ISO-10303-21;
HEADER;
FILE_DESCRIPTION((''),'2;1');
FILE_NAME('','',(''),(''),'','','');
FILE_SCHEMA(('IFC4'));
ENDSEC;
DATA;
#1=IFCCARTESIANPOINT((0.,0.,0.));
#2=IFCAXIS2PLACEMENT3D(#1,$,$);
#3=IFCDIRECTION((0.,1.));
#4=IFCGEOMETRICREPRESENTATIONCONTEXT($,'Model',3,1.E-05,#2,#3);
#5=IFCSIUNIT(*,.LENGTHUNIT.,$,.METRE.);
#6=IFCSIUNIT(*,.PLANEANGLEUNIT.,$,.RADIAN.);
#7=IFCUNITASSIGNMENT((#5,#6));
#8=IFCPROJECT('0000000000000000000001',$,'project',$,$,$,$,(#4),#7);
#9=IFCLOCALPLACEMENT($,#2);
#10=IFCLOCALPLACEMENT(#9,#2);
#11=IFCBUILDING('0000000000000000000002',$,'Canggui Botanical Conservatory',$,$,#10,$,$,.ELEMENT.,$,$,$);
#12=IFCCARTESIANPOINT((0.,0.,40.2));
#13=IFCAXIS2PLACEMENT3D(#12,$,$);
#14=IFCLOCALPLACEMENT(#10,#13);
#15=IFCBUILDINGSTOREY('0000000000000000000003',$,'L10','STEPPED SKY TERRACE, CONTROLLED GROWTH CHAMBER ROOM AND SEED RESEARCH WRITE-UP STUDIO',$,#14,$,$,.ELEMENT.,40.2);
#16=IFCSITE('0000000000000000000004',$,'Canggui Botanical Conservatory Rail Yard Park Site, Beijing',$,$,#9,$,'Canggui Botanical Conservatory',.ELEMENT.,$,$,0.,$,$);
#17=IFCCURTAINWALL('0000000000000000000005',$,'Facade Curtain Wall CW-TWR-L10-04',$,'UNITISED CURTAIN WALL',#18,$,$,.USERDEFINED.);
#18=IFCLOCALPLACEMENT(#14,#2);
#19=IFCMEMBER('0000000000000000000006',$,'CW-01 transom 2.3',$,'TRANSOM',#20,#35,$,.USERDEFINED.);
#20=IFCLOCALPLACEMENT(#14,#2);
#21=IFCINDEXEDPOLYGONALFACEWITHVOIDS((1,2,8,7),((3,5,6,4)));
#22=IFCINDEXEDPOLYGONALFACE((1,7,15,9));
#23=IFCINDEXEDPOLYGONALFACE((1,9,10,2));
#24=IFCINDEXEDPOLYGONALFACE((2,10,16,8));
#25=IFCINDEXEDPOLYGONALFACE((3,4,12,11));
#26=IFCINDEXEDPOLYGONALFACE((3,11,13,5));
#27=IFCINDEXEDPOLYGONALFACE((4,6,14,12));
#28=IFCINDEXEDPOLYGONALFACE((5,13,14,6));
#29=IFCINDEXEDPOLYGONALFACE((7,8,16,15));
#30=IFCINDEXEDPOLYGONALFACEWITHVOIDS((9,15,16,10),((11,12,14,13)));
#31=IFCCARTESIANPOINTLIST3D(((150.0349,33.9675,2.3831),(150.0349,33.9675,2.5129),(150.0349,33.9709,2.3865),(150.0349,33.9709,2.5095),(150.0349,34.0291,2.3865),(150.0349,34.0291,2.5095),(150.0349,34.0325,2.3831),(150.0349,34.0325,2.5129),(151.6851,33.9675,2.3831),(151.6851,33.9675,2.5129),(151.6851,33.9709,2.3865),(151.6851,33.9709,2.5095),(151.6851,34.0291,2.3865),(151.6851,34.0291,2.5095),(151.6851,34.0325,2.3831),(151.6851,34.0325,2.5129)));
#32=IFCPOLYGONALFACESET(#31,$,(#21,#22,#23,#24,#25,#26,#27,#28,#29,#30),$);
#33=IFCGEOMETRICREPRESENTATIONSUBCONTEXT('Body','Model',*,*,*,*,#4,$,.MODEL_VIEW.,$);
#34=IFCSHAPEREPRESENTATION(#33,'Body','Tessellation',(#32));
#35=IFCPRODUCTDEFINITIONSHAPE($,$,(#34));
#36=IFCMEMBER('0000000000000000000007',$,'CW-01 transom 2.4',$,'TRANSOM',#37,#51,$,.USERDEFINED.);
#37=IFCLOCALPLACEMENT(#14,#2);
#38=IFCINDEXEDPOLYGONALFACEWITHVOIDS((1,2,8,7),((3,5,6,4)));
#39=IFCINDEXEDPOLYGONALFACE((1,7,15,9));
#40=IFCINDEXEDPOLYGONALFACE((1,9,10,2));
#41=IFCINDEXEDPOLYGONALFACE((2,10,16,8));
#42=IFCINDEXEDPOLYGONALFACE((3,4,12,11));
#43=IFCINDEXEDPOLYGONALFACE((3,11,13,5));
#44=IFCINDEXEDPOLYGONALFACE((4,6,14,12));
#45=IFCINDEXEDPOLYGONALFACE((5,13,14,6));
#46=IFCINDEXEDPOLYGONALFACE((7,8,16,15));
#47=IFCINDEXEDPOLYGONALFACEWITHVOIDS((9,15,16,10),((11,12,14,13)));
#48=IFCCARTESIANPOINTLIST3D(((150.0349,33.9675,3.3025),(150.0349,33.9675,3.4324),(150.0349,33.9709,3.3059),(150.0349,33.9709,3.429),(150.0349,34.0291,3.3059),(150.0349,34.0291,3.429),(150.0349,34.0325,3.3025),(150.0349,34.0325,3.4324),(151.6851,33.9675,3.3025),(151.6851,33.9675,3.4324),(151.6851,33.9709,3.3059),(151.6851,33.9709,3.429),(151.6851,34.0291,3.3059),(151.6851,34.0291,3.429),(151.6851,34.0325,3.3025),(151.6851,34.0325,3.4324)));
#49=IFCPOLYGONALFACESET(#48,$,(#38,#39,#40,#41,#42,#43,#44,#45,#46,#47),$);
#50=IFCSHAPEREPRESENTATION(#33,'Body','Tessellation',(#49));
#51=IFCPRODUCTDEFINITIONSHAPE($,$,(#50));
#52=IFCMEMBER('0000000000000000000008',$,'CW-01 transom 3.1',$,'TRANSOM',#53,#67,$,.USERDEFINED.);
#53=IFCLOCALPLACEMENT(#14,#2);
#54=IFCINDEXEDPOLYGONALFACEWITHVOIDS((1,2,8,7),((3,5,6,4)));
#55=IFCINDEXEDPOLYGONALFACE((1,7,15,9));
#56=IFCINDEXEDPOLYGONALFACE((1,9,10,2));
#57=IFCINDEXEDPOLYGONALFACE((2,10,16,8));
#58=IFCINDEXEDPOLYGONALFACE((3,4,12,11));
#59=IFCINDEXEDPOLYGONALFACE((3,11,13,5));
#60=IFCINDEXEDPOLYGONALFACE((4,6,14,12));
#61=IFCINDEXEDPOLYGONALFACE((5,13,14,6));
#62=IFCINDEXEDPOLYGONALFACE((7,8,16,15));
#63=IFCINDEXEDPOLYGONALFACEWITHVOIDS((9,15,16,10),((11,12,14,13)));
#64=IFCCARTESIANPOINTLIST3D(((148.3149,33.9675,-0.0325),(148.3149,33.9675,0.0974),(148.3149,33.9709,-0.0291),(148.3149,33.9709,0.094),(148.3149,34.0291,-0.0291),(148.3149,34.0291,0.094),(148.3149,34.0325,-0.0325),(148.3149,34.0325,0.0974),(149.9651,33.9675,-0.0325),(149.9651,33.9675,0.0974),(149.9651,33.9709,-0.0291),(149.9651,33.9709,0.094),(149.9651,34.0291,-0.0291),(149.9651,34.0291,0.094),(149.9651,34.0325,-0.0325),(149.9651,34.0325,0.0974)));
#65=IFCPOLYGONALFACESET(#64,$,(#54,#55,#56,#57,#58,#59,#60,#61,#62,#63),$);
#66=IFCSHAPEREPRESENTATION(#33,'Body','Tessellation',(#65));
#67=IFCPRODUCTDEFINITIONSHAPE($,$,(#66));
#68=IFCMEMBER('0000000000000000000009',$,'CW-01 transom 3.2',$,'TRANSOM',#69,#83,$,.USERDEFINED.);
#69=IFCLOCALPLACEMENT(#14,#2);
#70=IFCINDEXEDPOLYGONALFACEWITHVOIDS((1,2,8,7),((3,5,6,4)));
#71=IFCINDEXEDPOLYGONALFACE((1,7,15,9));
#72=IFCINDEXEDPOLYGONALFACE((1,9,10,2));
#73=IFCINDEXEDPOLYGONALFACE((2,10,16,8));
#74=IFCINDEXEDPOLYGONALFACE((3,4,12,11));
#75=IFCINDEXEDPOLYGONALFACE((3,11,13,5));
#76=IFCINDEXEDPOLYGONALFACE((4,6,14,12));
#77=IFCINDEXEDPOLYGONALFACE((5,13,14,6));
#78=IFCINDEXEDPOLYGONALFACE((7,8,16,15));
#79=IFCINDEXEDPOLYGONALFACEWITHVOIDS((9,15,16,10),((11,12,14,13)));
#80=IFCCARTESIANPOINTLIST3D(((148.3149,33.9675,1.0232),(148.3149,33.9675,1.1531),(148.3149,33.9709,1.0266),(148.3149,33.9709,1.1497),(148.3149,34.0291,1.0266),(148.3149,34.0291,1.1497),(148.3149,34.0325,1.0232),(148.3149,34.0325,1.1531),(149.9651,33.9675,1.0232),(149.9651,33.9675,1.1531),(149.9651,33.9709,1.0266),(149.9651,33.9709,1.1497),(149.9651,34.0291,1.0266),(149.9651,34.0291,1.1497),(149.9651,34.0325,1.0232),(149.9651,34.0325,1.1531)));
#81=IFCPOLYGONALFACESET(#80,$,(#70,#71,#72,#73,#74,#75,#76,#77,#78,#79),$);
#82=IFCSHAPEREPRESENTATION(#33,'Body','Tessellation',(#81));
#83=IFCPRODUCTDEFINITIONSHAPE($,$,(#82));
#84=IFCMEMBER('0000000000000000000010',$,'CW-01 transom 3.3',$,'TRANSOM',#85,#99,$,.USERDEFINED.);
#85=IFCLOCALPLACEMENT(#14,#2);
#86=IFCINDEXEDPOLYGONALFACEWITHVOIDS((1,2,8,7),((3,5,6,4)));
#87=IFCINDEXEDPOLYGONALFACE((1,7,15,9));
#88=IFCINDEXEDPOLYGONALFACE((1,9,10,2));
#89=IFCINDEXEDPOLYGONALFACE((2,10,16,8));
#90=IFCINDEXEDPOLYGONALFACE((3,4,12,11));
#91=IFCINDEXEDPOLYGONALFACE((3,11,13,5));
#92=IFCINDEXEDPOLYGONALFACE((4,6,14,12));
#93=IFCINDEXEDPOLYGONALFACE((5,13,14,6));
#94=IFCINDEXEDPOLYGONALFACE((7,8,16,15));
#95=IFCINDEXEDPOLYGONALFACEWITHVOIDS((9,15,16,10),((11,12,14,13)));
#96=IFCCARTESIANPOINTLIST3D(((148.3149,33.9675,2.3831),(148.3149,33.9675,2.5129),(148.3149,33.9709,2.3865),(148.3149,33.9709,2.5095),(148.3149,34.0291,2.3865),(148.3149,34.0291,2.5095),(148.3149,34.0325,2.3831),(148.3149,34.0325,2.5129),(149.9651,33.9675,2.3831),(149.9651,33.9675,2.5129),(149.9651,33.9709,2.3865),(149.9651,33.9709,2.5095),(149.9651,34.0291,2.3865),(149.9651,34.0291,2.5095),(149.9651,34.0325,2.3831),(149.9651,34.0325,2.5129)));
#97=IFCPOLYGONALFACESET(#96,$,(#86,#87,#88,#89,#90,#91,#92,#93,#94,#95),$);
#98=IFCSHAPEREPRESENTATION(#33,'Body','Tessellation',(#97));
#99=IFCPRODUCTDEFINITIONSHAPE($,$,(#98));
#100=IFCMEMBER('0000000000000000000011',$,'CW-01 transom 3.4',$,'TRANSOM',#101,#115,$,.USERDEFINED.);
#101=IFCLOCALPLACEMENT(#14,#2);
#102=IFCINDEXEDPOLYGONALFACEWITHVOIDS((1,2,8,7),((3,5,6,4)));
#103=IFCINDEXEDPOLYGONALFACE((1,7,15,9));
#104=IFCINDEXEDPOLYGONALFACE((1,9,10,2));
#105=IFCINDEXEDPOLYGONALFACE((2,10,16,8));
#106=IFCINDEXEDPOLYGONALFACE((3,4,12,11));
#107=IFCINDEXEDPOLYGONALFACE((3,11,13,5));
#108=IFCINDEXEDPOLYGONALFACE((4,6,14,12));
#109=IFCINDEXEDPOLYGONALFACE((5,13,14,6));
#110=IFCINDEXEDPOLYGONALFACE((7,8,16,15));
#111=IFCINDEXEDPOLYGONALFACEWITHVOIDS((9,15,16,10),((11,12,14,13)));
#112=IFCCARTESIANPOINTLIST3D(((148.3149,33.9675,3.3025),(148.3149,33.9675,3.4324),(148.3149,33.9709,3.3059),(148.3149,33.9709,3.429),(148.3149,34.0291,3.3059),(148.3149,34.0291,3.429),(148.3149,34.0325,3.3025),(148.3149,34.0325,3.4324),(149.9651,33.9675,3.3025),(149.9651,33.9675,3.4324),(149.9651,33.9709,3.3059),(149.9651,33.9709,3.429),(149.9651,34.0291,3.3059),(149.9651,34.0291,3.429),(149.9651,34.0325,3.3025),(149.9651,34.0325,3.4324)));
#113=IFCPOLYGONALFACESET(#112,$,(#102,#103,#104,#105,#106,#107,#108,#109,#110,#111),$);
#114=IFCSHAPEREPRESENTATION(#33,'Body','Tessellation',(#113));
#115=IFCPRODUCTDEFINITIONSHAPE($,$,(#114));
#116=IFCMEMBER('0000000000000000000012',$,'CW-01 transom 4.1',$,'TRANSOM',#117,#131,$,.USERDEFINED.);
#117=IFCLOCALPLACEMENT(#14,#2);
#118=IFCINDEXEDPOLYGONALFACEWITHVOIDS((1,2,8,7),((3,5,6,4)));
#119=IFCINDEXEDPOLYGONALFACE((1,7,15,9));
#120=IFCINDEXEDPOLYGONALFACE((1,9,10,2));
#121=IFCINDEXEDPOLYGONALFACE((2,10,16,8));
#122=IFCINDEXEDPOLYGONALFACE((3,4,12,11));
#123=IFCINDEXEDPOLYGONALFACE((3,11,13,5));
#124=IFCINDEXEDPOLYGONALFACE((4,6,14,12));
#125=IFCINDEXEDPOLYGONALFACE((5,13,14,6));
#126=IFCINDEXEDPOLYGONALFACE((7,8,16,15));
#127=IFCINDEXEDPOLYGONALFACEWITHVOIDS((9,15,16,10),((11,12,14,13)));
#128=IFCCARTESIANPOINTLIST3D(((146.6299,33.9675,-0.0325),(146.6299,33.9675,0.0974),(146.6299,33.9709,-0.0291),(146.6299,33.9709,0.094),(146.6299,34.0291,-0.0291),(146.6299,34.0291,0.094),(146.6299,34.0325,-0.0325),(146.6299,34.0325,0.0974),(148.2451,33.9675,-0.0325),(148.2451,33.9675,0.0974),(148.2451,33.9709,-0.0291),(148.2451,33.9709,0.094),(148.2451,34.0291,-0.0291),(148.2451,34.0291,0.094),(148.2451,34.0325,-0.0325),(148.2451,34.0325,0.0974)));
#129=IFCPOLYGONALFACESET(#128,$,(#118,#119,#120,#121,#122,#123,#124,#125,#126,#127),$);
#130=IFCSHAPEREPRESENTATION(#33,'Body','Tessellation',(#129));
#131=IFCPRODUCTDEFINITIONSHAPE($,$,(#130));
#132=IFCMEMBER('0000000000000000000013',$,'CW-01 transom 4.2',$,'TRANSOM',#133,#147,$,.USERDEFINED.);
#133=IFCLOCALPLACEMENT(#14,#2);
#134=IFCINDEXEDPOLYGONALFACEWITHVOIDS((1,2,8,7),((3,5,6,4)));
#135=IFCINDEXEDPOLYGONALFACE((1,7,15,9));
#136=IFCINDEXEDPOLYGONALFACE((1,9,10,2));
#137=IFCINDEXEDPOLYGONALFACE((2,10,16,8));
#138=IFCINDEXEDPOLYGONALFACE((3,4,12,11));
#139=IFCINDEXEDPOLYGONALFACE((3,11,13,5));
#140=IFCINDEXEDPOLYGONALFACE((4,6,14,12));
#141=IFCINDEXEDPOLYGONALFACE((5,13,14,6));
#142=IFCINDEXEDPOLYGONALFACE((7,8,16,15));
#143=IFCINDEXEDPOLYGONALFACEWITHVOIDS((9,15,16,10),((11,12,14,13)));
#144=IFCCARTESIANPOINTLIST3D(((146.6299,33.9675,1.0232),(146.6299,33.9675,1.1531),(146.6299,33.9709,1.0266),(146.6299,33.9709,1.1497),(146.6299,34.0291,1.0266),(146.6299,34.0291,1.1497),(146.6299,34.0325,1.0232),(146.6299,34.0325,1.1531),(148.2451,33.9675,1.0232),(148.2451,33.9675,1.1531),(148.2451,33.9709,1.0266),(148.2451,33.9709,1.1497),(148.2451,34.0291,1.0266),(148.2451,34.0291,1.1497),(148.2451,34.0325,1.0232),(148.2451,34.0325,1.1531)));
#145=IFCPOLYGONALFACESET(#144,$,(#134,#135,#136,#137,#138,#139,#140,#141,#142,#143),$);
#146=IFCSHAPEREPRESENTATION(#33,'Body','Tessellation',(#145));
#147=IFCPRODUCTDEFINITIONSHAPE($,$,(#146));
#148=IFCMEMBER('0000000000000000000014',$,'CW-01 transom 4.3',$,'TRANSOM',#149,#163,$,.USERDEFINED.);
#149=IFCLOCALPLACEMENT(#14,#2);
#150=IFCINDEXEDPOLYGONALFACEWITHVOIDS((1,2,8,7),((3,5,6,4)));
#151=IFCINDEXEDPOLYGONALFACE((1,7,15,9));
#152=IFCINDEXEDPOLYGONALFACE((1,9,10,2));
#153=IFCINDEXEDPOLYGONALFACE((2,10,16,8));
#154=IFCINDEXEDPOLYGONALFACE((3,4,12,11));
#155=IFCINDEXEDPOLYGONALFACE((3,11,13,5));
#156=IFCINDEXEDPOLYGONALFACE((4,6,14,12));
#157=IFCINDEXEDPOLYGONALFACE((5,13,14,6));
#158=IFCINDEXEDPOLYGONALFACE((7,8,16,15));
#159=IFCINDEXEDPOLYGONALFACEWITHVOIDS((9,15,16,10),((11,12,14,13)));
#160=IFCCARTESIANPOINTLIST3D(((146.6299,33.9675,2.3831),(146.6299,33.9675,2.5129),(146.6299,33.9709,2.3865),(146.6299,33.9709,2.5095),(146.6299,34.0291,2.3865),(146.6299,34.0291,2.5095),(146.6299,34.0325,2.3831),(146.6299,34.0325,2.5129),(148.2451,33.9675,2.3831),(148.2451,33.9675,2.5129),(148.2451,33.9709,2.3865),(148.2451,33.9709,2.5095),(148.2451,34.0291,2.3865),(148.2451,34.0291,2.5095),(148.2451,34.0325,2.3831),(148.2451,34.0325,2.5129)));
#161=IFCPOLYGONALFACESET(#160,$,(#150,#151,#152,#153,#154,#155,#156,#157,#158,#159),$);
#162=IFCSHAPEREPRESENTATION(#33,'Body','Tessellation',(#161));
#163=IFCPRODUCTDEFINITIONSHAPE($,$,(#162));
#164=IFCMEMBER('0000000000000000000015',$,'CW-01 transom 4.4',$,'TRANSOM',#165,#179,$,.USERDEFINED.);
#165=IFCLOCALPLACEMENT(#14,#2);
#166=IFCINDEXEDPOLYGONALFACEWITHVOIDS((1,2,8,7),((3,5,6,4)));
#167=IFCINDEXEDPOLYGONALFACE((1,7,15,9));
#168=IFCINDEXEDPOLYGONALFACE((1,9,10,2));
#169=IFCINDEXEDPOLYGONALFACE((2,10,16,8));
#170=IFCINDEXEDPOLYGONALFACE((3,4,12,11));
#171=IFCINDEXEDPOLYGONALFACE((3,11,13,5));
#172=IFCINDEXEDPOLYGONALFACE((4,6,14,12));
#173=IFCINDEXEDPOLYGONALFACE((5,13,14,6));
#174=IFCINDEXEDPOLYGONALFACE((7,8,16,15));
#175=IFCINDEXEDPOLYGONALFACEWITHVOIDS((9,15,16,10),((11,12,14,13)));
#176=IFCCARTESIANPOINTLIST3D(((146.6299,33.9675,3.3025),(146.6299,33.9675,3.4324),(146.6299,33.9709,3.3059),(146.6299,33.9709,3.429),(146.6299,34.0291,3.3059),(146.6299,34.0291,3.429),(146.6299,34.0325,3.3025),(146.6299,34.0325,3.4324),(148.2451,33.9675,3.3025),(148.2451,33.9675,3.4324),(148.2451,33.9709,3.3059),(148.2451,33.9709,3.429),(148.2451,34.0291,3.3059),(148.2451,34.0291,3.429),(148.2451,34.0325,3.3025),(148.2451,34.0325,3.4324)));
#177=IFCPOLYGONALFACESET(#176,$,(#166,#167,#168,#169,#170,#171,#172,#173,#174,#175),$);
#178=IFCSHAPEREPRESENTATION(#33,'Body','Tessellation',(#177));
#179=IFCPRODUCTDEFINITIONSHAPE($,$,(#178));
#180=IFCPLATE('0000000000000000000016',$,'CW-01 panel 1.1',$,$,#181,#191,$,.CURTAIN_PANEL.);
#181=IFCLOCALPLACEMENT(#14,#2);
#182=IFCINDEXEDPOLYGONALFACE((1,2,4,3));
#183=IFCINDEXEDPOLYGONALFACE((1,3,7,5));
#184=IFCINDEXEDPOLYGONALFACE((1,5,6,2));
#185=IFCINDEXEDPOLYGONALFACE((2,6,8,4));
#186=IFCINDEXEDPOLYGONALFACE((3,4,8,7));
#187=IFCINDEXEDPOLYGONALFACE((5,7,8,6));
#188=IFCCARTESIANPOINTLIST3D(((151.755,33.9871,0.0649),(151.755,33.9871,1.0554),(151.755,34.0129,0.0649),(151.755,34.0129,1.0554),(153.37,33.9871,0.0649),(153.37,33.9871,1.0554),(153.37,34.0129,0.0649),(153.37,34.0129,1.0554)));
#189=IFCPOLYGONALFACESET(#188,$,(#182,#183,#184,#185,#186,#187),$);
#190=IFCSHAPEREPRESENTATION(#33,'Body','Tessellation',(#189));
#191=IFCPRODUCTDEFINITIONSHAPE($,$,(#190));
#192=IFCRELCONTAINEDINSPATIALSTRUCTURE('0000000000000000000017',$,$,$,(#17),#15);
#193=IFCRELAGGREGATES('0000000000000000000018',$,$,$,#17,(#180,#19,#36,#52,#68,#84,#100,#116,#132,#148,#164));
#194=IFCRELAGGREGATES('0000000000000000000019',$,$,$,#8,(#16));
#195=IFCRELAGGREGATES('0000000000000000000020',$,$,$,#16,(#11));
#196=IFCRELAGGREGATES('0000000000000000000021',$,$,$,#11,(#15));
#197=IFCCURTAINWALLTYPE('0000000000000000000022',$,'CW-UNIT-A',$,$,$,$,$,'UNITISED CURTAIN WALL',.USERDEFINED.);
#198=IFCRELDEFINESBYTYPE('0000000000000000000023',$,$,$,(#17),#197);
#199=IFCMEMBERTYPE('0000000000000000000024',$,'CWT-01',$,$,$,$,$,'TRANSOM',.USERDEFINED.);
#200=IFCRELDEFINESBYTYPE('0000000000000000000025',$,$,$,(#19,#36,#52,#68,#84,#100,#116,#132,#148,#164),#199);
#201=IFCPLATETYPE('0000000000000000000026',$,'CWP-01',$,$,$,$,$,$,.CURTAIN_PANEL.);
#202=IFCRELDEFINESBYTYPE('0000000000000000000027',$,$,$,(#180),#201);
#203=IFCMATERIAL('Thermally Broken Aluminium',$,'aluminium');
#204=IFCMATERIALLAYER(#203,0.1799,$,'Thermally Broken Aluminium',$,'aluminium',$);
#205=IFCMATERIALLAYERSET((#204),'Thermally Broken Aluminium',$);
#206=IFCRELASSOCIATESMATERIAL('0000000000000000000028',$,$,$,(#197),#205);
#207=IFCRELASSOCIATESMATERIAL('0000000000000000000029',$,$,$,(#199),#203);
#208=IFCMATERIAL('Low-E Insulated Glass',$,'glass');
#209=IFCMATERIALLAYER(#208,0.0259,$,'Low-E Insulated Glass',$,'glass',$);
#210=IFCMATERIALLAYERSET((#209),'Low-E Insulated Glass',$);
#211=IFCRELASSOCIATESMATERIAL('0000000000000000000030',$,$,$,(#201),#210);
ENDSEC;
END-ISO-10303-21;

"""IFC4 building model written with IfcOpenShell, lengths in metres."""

from ifc_helpers import new_model, si_unit, direction, frame, origin, origin_2d, place, context, subcontext, project, spatial, rectangle, hollow_rectangle, extrude, material, layer, layer_set, material_profile, profile_set, type_object, element, aggregate, save


model = new_model("IFC4")

# Units and contexts
model_context = context("Model", 3, precision=1e-05, world=origin(), true_north=direction((0.0, 1.0)))
body_context = subcontext(model_context, "Body", "Model", "MODEL_VIEW")
ifc_project = project(units=[si_unit("LENGTHUNIT", "METRE"), si_unit("PLANEANGLEUNIT", "RADIAN")], contexts=[model_context])

# Site, building, storey
site_placement = place(None, origin())
site = spatial("IfcSite", under=ifc_project, at=site_placement, Name="Canggui Botanical Conservatory Rail Yard Park Site, Beijing", LongName="Canggui Botanical Conservatory", CompositionType="ELEMENT", RefElevation=0.0)
building_placement = place(site_placement, origin())
building = spatial("IfcBuilding", under=site, at=building_placement, Name="Canggui Botanical Conservatory", CompositionType="ELEMENT")
storey_placement = place(building_placement, frame((0.0, 0.0, 40.2)))
storey = spatial("IfcBuildingStorey", under=building, at=storey_placement, Name="L10", Description="STEPPED SKY TERRACE, CONTROLLED GROWTH CHAMBER ROOM AND SEED RESEARCH WRITE-UP STUDIO", CompositionType="ELEMENT", Elevation=40.2)

# Curtain wall, members, plate
ifc_material_1 = material(Name="Thermally Broken Aluminium", Category="aluminium")
ifc_layer_1 = layer(ifc_material_1, 0.1799, Name="Thermally Broken Aluminium", Category="aluminium")
ifc_layer_set_1 = layer_set([ifc_layer_1], Name="Thermally Broken Aluminium")
curtain_wall_type = type_object("IfcCurtainWallType", Name="CW-UNIT-A", ElementType="UNITISED CURTAIN WALL", PredefinedType="USERDEFINED", material=ifc_layer_set_1)
curtain_wall_placement = place(storey_placement, origin())
curtain_wall = element("IfcCurtainWall", 1, at=curtain_wall_placement, inside=storey, type_object=curtain_wall_type, Name="Facade Curtain Wall CW-TWR-L10-04", ObjectType="UNITISED CURTAIN WALL", PredefinedType="USERDEFINED")
ifc_material_profile_1 = material_profile(ifc_material_1, hollow_rectangle(XDim=0.0649, YDim=0.1299, WallThickness=0.0034, at=origin_2d()), Name="CWT 65x130x3.5")
ifc_profile_set_1 = profile_set([ifc_material_profile_1], Name="Thermally Broken Aluminium")
member_type_1 = type_object("IfcMemberType", Name="CWT-01", ElementType="TRANSOM", PredefinedType="USERDEFINED", material=ifc_profile_set_1)
member_1_placement = place(storey_placement, frame((151.6851, 34.0, 2.448), z_axis=(-1.0, 0.0, 0.0), x_axis=(0.0, -1.0, 0.0)))
member_1 = element("IfcMember", 2, at=member_1_placement, type_object=member_type_1, Name="CW-01 transom 2.3", ObjectType="TRANSOM", PredefinedType="USERDEFINED", context=body_context, shape_type="SweptSolid", body=[
    extrude(hollow_rectangle(XDim=0.0649, YDim=0.1299, WallThickness=0.0034, at=origin_2d()), origin(), (0.0, 0.0, 1.0), 1.6501),
])
member_2_placement = place(storey_placement, frame((151.6851, 34.0, 3.3674), z_axis=(-1.0, 0.0, 0.0), x_axis=(0.0, -1.0, 0.0)))
member_2 = element("IfcMember", 3, at=member_2_placement, type_object=member_type_1, Name="CW-01 transom 2.4", ObjectType="TRANSOM", PredefinedType="USERDEFINED", context=body_context, shape_type="SweptSolid", body=[
    extrude(hollow_rectangle(XDim=0.0649, YDim=0.1299, WallThickness=0.0034, at=origin_2d()), origin(), (0.0, 0.0, 1.0), 1.6501),
])
member_3_placement = place(storey_placement, frame((149.9651, 34.0, 0.0325), z_axis=(-1.0, 0.0, 0.0), x_axis=(0.0, -1.0, 0.0)))
member_3 = element("IfcMember", 4, at=member_3_placement, type_object=member_type_1, Name="CW-01 transom 3.1", ObjectType="TRANSOM", PredefinedType="USERDEFINED", context=body_context, shape_type="SweptSolid", body=[
    extrude(hollow_rectangle(XDim=0.0649, YDim=0.1299, WallThickness=0.0034, at=origin_2d()), origin(), (0.0, 0.0, 1.0), 1.6501),
])
member_4_placement = place(storey_placement, frame((149.9651, 34.0, 1.0881), z_axis=(-1.0, 0.0, 0.0), x_axis=(0.0, -1.0, 0.0)))
member_4 = element("IfcMember", 5, at=member_4_placement, type_object=member_type_1, Name="CW-01 transom 3.2", ObjectType="TRANSOM", PredefinedType="USERDEFINED", context=body_context, shape_type="SweptSolid", body=[
    extrude(hollow_rectangle(XDim=0.0649, YDim=0.1299, WallThickness=0.0034, at=origin_2d()), origin(), (0.0, 0.0, 1.0), 1.6501),
])
member_5_placement = place(storey_placement, frame((149.9651, 34.0, 2.448), z_axis=(-1.0, 0.0, 0.0), x_axis=(0.0, -1.0, 0.0)))
member_5 = element("IfcMember", 6, at=member_5_placement, type_object=member_type_1, Name="CW-01 transom 3.3", ObjectType="TRANSOM", PredefinedType="USERDEFINED", context=body_context, shape_type="SweptSolid", body=[
    extrude(hollow_rectangle(XDim=0.0649, YDim=0.1299, WallThickness=0.0034, at=origin_2d()), origin(), (0.0, 0.0, 1.0), 1.6501),
])
member_6_placement = place(storey_placement, frame((149.9651, 34.0, 3.3674), z_axis=(-1.0, 0.0, 0.0), x_axis=(0.0, -1.0, 0.0)))
member_6 = element("IfcMember", 7, at=member_6_placement, type_object=member_type_1, Name="CW-01 transom 3.4", ObjectType="TRANSOM", PredefinedType="USERDEFINED", context=body_context, shape_type="SweptSolid", body=[
    extrude(hollow_rectangle(XDim=0.0649, YDim=0.1299, WallThickness=0.0034, at=origin_2d()), origin(), (0.0, 0.0, 1.0), 1.6501),
])
member_7_placement = place(storey_placement, frame((148.2451, 34.0, 0.0325), z_axis=(-1.0, 0.0, 0.0), x_axis=(0.0, -1.0, 0.0)))
member_7 = element("IfcMember", 8, at=member_7_placement, type_object=member_type_1, Name="CW-01 transom 4.1", ObjectType="TRANSOM", PredefinedType="USERDEFINED", context=body_context, shape_type="SweptSolid", body=[
    extrude(hollow_rectangle(XDim=0.0649, YDim=0.1299, WallThickness=0.0034, at=origin_2d()), origin(), (0.0, 0.0, 1.0), 1.6152),
])
member_8_placement = place(storey_placement, frame((148.2451, 34.0, 1.0881), z_axis=(-1.0, 0.0, 0.0), x_axis=(0.0, -1.0, 0.0)))
member_8 = element("IfcMember", 9, at=member_8_placement, type_object=member_type_1, Name="CW-01 transom 4.2", ObjectType="TRANSOM", PredefinedType="USERDEFINED", context=body_context, shape_type="SweptSolid", body=[
    extrude(hollow_rectangle(XDim=0.0649, YDim=0.1299, WallThickness=0.0034, at=origin_2d()), origin(), (0.0, 0.0, 1.0), 1.6152),
])
member_9_placement = place(storey_placement, frame((148.2451, 34.0, 2.448), z_axis=(-1.0, 0.0, 0.0), x_axis=(0.0, -1.0, 0.0)))
member_9 = element("IfcMember", 10, at=member_9_placement, type_object=member_type_1, Name="CW-01 transom 4.3", ObjectType="TRANSOM", PredefinedType="USERDEFINED", context=body_context, shape_type="SweptSolid", body=[
    extrude(hollow_rectangle(XDim=0.0649, YDim=0.1299, WallThickness=0.0034, at=origin_2d()), origin(), (0.0, 0.0, 1.0), 1.6152),
])
member_10_placement = place(storey_placement, frame((148.2451, 34.0, 3.3674), z_axis=(-1.0, 0.0, 0.0), x_axis=(0.0, -1.0, 0.0)))
member_10 = element("IfcMember", 11, at=member_10_placement, type_object=member_type_1, Name="CW-01 transom 4.4", ObjectType="TRANSOM", PredefinedType="USERDEFINED", context=body_context, shape_type="SweptSolid", body=[
    extrude(hollow_rectangle(XDim=0.0649, YDim=0.1299, WallThickness=0.0034, at=origin_2d()), origin(), (0.0, 0.0, 1.0), 1.6152),
])
ifc_material_2 = material(Name="Low-E Insulated Glass", Category="glass")
ifc_layer_2 = layer(ifc_material_2, 0.0259, Name="Low-E Insulated Glass", Category="glass")
ifc_layer_set_2 = layer_set([ifc_layer_2], Name="Low-E Insulated Glass")
plate_type = type_object("IfcPlateType", Name="CWP-01", PredefinedType="CURTAIN_PANEL", material=ifc_layer_set_2)
plate_1_placement = place(storey_placement, frame((152.5625, 34.0, 0.0649), z_axis=(0.0, 0.0, 1.0), x_axis=(-1.0, 0.0, 0.0)))
plate_1 = element("IfcPlate", 12, at=plate_1_placement, type_object=plate_type, Name="CW-01 panel 1.1", PredefinedType="CURTAIN_PANEL", context=body_context, shape_type="SweptSolid", body=[
    extrude(rectangle(XDim=1.615, YDim=0.0259, at=origin_2d()), origin(), (0.0, 0.0, 1.0), 0.9905),
])
aggregate(curtain_wall, [plate_1, member_1, member_2, member_3, member_4, member_5, member_6, member_7, member_8, member_9, member_10])

save(model, "model.ifc")
